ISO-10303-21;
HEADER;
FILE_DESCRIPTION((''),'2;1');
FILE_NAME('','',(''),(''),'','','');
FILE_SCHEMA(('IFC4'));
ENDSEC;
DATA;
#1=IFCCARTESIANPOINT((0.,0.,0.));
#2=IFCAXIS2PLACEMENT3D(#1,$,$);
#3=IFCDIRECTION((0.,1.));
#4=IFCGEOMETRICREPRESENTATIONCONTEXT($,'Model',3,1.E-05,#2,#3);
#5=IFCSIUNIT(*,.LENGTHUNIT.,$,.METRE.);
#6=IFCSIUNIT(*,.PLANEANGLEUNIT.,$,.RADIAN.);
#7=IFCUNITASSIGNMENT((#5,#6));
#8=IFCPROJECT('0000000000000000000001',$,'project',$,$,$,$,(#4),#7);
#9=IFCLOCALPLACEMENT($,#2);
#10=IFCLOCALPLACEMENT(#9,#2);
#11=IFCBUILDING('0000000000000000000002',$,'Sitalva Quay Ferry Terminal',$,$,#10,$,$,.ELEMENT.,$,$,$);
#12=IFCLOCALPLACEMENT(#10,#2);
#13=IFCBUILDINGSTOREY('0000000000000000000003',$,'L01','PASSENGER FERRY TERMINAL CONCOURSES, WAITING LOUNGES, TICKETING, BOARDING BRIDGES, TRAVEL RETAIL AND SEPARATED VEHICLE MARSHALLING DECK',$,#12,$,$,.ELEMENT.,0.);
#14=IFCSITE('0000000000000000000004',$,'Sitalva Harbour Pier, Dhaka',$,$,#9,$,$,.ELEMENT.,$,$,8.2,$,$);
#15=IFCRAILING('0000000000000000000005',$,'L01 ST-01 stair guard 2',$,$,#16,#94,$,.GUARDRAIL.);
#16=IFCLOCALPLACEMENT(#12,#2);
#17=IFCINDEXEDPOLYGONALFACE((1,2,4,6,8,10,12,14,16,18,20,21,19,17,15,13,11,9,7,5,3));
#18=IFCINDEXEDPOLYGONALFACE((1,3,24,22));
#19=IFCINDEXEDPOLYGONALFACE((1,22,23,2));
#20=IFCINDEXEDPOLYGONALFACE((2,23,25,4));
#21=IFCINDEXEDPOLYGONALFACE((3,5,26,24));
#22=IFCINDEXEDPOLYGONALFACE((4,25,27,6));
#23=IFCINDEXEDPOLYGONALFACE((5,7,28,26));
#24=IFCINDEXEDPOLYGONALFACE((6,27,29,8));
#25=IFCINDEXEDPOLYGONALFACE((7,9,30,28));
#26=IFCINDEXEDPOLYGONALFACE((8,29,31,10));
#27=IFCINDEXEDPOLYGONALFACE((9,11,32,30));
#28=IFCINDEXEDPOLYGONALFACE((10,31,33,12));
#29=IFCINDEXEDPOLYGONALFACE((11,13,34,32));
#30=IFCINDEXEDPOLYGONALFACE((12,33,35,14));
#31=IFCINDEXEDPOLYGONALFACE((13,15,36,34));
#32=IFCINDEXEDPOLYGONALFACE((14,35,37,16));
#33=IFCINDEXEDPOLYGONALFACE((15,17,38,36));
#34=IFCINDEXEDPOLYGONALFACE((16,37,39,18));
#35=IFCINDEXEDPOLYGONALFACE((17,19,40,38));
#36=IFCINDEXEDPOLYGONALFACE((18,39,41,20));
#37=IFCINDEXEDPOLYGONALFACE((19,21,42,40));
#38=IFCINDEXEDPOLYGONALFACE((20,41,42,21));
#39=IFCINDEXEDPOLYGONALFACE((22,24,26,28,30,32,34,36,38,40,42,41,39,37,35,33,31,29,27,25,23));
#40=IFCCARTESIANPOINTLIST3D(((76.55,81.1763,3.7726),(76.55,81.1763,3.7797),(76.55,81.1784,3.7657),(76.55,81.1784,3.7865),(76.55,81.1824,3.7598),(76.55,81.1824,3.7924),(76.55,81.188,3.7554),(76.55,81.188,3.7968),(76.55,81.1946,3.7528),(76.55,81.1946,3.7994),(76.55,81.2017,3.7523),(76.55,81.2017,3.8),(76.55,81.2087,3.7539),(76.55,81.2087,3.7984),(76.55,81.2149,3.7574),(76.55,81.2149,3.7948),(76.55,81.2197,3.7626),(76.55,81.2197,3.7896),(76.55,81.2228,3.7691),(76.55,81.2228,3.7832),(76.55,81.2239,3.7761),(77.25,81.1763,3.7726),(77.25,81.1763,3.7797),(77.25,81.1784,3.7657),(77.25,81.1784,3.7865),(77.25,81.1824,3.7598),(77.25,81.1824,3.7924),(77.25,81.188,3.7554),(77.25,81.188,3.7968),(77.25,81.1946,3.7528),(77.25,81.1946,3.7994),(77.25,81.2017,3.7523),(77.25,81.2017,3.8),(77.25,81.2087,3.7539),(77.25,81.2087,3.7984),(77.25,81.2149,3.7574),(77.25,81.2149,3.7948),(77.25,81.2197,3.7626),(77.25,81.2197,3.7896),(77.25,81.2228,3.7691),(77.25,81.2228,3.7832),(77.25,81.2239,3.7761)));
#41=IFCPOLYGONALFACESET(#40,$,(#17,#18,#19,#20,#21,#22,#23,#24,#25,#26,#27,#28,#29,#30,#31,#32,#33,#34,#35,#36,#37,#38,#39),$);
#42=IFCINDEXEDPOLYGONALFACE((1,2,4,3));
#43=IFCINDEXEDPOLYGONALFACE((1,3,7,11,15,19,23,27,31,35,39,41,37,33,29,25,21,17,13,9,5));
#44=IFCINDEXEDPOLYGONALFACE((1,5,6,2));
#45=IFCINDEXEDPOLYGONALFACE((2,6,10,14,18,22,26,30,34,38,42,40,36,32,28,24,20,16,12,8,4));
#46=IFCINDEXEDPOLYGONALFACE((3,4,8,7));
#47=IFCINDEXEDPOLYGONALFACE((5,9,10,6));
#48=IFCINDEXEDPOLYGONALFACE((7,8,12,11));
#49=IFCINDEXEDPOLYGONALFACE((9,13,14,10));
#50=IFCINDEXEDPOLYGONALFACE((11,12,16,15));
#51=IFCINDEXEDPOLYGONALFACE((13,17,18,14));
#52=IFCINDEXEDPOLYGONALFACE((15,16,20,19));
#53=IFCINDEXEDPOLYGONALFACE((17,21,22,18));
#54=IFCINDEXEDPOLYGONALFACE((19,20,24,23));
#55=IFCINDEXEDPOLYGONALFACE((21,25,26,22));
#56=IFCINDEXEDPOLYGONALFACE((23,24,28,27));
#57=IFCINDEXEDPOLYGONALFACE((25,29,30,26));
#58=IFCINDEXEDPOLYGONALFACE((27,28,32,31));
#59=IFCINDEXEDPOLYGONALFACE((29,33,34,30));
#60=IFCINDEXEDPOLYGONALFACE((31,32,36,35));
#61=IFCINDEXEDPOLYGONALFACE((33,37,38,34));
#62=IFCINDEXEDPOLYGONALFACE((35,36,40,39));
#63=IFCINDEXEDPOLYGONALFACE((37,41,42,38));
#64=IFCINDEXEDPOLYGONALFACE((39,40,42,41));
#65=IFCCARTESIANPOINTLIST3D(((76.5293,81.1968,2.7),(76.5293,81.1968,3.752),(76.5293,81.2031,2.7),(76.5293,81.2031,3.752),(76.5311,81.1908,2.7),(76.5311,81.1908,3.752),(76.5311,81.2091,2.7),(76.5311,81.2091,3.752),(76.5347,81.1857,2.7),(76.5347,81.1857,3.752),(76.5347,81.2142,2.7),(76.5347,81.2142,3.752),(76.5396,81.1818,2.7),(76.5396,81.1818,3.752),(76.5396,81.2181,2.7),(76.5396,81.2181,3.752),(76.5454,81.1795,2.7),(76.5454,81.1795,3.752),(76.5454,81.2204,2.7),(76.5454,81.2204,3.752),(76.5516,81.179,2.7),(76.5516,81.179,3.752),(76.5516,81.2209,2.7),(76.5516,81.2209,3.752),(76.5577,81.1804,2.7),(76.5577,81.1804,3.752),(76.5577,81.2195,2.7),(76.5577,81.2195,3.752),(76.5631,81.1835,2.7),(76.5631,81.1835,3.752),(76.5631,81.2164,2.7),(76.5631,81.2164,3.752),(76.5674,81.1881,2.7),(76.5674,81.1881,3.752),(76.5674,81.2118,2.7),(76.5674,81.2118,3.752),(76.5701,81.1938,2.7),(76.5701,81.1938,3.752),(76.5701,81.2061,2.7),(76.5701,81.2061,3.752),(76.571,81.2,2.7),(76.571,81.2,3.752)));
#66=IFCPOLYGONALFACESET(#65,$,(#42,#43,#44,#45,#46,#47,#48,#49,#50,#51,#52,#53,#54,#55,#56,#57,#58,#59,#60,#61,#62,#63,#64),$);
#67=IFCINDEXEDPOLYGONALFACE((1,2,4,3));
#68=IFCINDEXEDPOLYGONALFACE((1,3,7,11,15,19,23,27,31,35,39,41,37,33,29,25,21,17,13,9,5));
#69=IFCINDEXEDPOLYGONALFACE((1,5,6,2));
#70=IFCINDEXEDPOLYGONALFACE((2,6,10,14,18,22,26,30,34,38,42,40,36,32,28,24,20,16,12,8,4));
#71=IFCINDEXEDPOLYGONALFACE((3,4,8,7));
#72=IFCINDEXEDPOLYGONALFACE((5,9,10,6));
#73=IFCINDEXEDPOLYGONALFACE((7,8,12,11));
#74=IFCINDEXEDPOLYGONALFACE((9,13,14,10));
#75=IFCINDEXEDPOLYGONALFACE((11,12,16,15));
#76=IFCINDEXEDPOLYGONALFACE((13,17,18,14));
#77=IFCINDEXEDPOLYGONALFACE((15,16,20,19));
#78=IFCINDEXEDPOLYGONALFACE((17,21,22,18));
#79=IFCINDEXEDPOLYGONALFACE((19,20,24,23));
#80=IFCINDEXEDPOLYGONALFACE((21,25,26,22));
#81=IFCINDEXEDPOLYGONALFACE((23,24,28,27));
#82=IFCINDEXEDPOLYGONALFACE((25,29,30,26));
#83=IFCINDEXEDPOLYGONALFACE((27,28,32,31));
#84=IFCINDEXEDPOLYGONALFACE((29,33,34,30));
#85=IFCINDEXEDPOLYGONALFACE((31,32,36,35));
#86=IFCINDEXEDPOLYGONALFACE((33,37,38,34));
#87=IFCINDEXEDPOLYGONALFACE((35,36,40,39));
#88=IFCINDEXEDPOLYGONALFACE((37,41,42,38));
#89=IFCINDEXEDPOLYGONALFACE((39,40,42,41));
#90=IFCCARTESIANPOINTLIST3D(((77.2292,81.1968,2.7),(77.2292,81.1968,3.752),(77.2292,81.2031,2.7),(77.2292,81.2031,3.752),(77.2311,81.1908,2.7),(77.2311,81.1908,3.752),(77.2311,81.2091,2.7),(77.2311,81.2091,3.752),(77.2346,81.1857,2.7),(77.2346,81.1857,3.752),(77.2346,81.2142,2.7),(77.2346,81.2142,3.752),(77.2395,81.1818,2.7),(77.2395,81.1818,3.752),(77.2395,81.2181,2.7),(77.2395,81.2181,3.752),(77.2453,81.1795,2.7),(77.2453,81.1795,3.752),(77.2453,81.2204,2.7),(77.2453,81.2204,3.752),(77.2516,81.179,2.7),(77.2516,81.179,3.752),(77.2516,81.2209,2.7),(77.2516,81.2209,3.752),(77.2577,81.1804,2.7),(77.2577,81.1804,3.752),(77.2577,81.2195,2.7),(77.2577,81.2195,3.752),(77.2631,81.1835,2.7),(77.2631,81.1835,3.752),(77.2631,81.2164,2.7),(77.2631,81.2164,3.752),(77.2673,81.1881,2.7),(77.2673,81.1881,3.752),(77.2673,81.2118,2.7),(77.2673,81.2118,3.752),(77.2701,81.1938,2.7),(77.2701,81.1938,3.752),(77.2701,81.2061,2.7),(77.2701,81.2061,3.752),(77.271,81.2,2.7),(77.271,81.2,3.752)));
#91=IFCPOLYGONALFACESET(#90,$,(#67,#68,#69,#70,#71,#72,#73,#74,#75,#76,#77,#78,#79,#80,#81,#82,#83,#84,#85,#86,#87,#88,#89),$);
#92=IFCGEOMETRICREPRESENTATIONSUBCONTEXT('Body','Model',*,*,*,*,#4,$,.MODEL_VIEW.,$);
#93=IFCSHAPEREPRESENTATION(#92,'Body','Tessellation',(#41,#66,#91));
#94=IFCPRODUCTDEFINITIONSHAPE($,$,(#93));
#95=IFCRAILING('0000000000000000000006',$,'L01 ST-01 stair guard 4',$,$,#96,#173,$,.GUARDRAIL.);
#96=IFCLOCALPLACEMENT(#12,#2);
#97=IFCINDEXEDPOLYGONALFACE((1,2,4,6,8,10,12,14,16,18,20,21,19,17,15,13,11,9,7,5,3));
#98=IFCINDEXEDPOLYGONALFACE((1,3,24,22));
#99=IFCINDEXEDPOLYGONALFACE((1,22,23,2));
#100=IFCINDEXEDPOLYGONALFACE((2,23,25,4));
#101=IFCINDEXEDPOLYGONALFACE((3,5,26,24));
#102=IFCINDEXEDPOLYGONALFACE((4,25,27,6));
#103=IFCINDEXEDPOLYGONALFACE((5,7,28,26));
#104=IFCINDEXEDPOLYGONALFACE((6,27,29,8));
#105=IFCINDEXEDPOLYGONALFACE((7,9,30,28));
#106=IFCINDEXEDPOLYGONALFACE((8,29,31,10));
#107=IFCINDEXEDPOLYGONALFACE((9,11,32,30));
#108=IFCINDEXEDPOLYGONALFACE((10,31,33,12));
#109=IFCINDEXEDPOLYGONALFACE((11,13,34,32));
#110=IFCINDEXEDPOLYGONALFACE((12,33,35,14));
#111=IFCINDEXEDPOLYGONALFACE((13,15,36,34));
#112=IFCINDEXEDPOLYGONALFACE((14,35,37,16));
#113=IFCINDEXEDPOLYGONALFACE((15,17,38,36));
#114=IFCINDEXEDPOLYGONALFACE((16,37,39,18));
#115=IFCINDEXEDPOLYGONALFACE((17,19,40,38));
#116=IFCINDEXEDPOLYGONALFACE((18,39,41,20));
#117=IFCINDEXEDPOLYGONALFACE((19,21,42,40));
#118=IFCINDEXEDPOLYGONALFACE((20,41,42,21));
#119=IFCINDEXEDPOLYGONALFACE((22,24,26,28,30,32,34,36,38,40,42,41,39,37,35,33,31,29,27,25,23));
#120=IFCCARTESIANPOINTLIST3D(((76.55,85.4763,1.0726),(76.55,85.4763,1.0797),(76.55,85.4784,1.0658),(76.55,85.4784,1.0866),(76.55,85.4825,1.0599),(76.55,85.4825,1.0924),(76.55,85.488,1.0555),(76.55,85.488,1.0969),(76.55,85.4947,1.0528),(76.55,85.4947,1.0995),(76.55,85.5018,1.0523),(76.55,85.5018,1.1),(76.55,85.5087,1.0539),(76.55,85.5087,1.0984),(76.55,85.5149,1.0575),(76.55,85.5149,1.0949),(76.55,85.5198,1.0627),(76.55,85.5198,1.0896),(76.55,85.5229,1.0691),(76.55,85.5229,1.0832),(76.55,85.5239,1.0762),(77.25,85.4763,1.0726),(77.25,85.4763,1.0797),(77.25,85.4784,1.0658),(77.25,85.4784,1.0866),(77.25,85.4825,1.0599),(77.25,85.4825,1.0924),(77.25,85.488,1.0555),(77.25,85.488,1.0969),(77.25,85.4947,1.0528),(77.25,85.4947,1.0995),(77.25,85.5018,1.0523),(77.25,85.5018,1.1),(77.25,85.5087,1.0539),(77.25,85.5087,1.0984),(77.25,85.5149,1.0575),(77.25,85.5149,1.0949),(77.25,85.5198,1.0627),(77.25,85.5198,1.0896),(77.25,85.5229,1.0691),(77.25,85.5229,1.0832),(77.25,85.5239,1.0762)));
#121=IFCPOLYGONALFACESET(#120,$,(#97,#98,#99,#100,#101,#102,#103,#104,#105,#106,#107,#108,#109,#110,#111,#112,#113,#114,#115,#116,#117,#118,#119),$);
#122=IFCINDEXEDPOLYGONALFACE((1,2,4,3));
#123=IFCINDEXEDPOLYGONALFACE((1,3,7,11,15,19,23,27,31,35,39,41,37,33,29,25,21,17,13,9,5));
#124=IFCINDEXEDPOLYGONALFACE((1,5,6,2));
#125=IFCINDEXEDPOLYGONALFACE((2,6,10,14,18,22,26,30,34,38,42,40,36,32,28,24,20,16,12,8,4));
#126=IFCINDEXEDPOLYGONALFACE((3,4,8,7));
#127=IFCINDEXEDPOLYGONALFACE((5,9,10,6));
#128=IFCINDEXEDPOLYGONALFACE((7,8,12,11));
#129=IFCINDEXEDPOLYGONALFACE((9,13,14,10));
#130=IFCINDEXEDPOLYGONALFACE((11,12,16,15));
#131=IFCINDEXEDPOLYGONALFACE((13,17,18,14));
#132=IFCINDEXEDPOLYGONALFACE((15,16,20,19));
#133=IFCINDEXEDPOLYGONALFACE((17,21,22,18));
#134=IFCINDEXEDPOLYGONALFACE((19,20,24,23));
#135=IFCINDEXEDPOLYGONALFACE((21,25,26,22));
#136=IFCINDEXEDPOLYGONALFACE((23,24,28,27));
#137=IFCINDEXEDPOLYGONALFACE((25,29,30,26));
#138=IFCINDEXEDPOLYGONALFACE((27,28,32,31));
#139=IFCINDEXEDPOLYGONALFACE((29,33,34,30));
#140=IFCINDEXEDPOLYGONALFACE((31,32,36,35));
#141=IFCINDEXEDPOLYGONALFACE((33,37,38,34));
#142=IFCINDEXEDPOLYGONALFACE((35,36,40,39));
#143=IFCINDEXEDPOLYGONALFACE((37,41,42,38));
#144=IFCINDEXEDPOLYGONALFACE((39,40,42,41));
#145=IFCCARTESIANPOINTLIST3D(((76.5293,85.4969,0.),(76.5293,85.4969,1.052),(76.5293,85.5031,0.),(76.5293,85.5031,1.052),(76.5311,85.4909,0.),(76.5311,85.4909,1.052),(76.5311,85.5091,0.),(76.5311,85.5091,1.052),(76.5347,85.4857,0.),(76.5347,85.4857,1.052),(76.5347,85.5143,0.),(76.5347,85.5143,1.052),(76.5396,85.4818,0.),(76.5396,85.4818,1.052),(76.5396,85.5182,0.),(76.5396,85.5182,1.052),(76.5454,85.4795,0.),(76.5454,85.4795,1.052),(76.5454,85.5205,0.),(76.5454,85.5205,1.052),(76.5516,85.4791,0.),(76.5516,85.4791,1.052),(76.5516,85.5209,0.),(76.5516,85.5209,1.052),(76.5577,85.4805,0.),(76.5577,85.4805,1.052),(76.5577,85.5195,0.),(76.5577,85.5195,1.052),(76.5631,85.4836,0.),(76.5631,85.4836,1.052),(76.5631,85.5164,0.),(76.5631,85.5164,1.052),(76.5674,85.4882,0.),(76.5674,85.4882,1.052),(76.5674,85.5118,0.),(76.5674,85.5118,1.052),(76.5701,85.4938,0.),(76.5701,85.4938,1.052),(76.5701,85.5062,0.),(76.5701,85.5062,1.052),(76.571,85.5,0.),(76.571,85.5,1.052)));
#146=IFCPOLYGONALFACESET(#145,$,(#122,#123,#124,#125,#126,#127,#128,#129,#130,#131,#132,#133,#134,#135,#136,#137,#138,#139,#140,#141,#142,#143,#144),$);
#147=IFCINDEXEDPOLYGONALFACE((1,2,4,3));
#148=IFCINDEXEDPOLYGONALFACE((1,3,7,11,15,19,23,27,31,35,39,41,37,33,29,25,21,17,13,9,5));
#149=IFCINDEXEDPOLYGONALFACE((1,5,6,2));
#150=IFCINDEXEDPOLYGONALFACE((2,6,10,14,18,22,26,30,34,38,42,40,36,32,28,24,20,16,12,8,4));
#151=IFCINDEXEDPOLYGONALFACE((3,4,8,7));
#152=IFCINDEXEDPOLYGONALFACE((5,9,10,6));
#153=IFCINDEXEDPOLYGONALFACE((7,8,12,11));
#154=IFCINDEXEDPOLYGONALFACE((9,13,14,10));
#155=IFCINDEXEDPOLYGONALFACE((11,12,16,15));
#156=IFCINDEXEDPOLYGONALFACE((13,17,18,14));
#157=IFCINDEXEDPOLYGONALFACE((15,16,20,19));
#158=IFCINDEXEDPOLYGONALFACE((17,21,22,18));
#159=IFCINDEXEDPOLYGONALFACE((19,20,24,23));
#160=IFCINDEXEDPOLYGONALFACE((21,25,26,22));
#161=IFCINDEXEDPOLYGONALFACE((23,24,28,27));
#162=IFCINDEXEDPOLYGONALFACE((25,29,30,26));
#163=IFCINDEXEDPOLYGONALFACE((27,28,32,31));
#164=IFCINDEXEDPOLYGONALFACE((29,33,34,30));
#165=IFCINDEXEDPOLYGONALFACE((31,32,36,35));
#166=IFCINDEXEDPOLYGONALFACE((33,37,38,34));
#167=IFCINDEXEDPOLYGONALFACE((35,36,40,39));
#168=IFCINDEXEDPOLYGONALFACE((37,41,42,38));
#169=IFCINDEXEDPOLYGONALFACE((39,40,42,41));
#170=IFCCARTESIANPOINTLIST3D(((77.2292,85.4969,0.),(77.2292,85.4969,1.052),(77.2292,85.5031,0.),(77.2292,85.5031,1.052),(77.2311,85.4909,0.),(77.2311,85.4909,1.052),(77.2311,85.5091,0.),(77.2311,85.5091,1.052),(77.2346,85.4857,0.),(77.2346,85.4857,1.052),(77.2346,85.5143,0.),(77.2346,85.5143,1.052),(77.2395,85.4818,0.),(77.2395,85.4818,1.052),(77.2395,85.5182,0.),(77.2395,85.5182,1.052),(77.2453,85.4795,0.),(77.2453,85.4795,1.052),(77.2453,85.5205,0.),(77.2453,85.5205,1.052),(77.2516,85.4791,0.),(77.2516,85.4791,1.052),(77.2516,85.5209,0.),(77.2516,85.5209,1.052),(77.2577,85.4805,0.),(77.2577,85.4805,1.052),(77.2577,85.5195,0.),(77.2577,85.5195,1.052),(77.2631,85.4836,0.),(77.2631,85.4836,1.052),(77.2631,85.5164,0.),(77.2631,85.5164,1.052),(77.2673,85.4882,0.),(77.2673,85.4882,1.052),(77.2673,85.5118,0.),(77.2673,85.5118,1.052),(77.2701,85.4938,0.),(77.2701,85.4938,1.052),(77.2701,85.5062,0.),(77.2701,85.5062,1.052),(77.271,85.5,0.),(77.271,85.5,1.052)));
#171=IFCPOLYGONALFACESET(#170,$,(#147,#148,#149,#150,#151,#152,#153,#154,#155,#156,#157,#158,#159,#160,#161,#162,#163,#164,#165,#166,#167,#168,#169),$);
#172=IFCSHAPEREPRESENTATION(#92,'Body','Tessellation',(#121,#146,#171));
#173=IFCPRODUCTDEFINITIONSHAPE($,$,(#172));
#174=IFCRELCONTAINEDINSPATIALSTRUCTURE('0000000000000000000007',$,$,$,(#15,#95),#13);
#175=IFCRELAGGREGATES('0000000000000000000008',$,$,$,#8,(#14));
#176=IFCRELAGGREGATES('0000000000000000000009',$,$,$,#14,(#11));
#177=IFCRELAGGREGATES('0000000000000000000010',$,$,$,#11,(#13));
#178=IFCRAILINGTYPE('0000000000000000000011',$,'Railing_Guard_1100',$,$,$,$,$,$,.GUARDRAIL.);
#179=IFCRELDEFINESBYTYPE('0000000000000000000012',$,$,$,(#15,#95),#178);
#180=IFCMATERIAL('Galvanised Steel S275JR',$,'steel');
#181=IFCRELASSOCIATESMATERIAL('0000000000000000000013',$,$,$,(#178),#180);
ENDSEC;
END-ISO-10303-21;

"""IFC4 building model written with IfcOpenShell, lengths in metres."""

from ifc_helpers import new_model, si_unit, direction, frame, origin, origin_2d, place, context, subcontext, project, spatial, circle, extrude, material, type_object, element, save


model = new_model("IFC4")

# Units and contexts
model_context = context("Model", 3, precision=1e-05, world=origin(), true_north=direction((0.0, 1.0)))
body_context = subcontext(model_context, "Body", "Model", "MODEL_VIEW")
ifc_project = project(units=[si_unit("LENGTHUNIT", "METRE"), si_unit("PLANEANGLEUNIT", "RADIAN")], contexts=[model_context])

# Site, building, storey
site_placement = place(None, origin())
site = spatial("IfcSite", under=ifc_project, at=site_placement, Name="Sitalva Harbour Pier, Dhaka", CompositionType="ELEMENT", RefElevation=8.2)
building_placement = place(site_placement, origin())
building = spatial("IfcBuilding", under=site, at=building_placement, Name="Sitalva Quay Ferry Terminal", CompositionType="ELEMENT")
storey_placement = place(building_placement, origin())
storey = spatial("IfcBuildingStorey", under=building, at=storey_placement, Name="L01", Description="PASSENGER FERRY TERMINAL CONCOURSES, WAITING LOUNGES, TICKETING, BOARDING BRIDGES, TRAVEL RETAIL AND SEPARATED VEHICLE MARSHALLING DECK", CompositionType="ELEMENT", Elevation=0.0)

# Railings
ifc_material_1 = material(Name="Galvanised Steel S275JR", Category="steel")
railing_type_1 = type_object("IfcRailingType", Name="Railing_Guard_1100", PredefinedType="GUARDRAIL", material=ifc_material_1)
for number, where, name in (
    (1, (76.55, 81.2, 2.7), "L01 ST-01 stair guard 2"),
    (2, (76.55, 85.5, 0.0), "L01 ST-01 stair guard 4"),
):
    element("IfcRailing", number, at=place(storey_placement, frame(where)), inside=storey, type_object=railing_type_1, Name=name, PredefinedType="GUARDRAIL", context=body_context, shape_type="SweptSolid", body=[
        extrude(circle(Radius=0.0239, at=origin_2d()), frame((0.0, 0.0, 1.0762), z_axis=(1.0, 0.0, 0.0), x_axis=(0.0, 1.0, 0.0)), (0.0, 0.0, 1.0), 0.7),
        extrude(circle(Radius=0.021, at=origin_2d()), origin(), (0.0, 0.0, 1.0), 1.052),
        extrude(circle(Radius=0.021, at=origin_2d()), frame((0.7, 0.0, 0.0)), (0.0, 0.0, 1.0), 1.052),
    ])

save(model, "model.ifc")
